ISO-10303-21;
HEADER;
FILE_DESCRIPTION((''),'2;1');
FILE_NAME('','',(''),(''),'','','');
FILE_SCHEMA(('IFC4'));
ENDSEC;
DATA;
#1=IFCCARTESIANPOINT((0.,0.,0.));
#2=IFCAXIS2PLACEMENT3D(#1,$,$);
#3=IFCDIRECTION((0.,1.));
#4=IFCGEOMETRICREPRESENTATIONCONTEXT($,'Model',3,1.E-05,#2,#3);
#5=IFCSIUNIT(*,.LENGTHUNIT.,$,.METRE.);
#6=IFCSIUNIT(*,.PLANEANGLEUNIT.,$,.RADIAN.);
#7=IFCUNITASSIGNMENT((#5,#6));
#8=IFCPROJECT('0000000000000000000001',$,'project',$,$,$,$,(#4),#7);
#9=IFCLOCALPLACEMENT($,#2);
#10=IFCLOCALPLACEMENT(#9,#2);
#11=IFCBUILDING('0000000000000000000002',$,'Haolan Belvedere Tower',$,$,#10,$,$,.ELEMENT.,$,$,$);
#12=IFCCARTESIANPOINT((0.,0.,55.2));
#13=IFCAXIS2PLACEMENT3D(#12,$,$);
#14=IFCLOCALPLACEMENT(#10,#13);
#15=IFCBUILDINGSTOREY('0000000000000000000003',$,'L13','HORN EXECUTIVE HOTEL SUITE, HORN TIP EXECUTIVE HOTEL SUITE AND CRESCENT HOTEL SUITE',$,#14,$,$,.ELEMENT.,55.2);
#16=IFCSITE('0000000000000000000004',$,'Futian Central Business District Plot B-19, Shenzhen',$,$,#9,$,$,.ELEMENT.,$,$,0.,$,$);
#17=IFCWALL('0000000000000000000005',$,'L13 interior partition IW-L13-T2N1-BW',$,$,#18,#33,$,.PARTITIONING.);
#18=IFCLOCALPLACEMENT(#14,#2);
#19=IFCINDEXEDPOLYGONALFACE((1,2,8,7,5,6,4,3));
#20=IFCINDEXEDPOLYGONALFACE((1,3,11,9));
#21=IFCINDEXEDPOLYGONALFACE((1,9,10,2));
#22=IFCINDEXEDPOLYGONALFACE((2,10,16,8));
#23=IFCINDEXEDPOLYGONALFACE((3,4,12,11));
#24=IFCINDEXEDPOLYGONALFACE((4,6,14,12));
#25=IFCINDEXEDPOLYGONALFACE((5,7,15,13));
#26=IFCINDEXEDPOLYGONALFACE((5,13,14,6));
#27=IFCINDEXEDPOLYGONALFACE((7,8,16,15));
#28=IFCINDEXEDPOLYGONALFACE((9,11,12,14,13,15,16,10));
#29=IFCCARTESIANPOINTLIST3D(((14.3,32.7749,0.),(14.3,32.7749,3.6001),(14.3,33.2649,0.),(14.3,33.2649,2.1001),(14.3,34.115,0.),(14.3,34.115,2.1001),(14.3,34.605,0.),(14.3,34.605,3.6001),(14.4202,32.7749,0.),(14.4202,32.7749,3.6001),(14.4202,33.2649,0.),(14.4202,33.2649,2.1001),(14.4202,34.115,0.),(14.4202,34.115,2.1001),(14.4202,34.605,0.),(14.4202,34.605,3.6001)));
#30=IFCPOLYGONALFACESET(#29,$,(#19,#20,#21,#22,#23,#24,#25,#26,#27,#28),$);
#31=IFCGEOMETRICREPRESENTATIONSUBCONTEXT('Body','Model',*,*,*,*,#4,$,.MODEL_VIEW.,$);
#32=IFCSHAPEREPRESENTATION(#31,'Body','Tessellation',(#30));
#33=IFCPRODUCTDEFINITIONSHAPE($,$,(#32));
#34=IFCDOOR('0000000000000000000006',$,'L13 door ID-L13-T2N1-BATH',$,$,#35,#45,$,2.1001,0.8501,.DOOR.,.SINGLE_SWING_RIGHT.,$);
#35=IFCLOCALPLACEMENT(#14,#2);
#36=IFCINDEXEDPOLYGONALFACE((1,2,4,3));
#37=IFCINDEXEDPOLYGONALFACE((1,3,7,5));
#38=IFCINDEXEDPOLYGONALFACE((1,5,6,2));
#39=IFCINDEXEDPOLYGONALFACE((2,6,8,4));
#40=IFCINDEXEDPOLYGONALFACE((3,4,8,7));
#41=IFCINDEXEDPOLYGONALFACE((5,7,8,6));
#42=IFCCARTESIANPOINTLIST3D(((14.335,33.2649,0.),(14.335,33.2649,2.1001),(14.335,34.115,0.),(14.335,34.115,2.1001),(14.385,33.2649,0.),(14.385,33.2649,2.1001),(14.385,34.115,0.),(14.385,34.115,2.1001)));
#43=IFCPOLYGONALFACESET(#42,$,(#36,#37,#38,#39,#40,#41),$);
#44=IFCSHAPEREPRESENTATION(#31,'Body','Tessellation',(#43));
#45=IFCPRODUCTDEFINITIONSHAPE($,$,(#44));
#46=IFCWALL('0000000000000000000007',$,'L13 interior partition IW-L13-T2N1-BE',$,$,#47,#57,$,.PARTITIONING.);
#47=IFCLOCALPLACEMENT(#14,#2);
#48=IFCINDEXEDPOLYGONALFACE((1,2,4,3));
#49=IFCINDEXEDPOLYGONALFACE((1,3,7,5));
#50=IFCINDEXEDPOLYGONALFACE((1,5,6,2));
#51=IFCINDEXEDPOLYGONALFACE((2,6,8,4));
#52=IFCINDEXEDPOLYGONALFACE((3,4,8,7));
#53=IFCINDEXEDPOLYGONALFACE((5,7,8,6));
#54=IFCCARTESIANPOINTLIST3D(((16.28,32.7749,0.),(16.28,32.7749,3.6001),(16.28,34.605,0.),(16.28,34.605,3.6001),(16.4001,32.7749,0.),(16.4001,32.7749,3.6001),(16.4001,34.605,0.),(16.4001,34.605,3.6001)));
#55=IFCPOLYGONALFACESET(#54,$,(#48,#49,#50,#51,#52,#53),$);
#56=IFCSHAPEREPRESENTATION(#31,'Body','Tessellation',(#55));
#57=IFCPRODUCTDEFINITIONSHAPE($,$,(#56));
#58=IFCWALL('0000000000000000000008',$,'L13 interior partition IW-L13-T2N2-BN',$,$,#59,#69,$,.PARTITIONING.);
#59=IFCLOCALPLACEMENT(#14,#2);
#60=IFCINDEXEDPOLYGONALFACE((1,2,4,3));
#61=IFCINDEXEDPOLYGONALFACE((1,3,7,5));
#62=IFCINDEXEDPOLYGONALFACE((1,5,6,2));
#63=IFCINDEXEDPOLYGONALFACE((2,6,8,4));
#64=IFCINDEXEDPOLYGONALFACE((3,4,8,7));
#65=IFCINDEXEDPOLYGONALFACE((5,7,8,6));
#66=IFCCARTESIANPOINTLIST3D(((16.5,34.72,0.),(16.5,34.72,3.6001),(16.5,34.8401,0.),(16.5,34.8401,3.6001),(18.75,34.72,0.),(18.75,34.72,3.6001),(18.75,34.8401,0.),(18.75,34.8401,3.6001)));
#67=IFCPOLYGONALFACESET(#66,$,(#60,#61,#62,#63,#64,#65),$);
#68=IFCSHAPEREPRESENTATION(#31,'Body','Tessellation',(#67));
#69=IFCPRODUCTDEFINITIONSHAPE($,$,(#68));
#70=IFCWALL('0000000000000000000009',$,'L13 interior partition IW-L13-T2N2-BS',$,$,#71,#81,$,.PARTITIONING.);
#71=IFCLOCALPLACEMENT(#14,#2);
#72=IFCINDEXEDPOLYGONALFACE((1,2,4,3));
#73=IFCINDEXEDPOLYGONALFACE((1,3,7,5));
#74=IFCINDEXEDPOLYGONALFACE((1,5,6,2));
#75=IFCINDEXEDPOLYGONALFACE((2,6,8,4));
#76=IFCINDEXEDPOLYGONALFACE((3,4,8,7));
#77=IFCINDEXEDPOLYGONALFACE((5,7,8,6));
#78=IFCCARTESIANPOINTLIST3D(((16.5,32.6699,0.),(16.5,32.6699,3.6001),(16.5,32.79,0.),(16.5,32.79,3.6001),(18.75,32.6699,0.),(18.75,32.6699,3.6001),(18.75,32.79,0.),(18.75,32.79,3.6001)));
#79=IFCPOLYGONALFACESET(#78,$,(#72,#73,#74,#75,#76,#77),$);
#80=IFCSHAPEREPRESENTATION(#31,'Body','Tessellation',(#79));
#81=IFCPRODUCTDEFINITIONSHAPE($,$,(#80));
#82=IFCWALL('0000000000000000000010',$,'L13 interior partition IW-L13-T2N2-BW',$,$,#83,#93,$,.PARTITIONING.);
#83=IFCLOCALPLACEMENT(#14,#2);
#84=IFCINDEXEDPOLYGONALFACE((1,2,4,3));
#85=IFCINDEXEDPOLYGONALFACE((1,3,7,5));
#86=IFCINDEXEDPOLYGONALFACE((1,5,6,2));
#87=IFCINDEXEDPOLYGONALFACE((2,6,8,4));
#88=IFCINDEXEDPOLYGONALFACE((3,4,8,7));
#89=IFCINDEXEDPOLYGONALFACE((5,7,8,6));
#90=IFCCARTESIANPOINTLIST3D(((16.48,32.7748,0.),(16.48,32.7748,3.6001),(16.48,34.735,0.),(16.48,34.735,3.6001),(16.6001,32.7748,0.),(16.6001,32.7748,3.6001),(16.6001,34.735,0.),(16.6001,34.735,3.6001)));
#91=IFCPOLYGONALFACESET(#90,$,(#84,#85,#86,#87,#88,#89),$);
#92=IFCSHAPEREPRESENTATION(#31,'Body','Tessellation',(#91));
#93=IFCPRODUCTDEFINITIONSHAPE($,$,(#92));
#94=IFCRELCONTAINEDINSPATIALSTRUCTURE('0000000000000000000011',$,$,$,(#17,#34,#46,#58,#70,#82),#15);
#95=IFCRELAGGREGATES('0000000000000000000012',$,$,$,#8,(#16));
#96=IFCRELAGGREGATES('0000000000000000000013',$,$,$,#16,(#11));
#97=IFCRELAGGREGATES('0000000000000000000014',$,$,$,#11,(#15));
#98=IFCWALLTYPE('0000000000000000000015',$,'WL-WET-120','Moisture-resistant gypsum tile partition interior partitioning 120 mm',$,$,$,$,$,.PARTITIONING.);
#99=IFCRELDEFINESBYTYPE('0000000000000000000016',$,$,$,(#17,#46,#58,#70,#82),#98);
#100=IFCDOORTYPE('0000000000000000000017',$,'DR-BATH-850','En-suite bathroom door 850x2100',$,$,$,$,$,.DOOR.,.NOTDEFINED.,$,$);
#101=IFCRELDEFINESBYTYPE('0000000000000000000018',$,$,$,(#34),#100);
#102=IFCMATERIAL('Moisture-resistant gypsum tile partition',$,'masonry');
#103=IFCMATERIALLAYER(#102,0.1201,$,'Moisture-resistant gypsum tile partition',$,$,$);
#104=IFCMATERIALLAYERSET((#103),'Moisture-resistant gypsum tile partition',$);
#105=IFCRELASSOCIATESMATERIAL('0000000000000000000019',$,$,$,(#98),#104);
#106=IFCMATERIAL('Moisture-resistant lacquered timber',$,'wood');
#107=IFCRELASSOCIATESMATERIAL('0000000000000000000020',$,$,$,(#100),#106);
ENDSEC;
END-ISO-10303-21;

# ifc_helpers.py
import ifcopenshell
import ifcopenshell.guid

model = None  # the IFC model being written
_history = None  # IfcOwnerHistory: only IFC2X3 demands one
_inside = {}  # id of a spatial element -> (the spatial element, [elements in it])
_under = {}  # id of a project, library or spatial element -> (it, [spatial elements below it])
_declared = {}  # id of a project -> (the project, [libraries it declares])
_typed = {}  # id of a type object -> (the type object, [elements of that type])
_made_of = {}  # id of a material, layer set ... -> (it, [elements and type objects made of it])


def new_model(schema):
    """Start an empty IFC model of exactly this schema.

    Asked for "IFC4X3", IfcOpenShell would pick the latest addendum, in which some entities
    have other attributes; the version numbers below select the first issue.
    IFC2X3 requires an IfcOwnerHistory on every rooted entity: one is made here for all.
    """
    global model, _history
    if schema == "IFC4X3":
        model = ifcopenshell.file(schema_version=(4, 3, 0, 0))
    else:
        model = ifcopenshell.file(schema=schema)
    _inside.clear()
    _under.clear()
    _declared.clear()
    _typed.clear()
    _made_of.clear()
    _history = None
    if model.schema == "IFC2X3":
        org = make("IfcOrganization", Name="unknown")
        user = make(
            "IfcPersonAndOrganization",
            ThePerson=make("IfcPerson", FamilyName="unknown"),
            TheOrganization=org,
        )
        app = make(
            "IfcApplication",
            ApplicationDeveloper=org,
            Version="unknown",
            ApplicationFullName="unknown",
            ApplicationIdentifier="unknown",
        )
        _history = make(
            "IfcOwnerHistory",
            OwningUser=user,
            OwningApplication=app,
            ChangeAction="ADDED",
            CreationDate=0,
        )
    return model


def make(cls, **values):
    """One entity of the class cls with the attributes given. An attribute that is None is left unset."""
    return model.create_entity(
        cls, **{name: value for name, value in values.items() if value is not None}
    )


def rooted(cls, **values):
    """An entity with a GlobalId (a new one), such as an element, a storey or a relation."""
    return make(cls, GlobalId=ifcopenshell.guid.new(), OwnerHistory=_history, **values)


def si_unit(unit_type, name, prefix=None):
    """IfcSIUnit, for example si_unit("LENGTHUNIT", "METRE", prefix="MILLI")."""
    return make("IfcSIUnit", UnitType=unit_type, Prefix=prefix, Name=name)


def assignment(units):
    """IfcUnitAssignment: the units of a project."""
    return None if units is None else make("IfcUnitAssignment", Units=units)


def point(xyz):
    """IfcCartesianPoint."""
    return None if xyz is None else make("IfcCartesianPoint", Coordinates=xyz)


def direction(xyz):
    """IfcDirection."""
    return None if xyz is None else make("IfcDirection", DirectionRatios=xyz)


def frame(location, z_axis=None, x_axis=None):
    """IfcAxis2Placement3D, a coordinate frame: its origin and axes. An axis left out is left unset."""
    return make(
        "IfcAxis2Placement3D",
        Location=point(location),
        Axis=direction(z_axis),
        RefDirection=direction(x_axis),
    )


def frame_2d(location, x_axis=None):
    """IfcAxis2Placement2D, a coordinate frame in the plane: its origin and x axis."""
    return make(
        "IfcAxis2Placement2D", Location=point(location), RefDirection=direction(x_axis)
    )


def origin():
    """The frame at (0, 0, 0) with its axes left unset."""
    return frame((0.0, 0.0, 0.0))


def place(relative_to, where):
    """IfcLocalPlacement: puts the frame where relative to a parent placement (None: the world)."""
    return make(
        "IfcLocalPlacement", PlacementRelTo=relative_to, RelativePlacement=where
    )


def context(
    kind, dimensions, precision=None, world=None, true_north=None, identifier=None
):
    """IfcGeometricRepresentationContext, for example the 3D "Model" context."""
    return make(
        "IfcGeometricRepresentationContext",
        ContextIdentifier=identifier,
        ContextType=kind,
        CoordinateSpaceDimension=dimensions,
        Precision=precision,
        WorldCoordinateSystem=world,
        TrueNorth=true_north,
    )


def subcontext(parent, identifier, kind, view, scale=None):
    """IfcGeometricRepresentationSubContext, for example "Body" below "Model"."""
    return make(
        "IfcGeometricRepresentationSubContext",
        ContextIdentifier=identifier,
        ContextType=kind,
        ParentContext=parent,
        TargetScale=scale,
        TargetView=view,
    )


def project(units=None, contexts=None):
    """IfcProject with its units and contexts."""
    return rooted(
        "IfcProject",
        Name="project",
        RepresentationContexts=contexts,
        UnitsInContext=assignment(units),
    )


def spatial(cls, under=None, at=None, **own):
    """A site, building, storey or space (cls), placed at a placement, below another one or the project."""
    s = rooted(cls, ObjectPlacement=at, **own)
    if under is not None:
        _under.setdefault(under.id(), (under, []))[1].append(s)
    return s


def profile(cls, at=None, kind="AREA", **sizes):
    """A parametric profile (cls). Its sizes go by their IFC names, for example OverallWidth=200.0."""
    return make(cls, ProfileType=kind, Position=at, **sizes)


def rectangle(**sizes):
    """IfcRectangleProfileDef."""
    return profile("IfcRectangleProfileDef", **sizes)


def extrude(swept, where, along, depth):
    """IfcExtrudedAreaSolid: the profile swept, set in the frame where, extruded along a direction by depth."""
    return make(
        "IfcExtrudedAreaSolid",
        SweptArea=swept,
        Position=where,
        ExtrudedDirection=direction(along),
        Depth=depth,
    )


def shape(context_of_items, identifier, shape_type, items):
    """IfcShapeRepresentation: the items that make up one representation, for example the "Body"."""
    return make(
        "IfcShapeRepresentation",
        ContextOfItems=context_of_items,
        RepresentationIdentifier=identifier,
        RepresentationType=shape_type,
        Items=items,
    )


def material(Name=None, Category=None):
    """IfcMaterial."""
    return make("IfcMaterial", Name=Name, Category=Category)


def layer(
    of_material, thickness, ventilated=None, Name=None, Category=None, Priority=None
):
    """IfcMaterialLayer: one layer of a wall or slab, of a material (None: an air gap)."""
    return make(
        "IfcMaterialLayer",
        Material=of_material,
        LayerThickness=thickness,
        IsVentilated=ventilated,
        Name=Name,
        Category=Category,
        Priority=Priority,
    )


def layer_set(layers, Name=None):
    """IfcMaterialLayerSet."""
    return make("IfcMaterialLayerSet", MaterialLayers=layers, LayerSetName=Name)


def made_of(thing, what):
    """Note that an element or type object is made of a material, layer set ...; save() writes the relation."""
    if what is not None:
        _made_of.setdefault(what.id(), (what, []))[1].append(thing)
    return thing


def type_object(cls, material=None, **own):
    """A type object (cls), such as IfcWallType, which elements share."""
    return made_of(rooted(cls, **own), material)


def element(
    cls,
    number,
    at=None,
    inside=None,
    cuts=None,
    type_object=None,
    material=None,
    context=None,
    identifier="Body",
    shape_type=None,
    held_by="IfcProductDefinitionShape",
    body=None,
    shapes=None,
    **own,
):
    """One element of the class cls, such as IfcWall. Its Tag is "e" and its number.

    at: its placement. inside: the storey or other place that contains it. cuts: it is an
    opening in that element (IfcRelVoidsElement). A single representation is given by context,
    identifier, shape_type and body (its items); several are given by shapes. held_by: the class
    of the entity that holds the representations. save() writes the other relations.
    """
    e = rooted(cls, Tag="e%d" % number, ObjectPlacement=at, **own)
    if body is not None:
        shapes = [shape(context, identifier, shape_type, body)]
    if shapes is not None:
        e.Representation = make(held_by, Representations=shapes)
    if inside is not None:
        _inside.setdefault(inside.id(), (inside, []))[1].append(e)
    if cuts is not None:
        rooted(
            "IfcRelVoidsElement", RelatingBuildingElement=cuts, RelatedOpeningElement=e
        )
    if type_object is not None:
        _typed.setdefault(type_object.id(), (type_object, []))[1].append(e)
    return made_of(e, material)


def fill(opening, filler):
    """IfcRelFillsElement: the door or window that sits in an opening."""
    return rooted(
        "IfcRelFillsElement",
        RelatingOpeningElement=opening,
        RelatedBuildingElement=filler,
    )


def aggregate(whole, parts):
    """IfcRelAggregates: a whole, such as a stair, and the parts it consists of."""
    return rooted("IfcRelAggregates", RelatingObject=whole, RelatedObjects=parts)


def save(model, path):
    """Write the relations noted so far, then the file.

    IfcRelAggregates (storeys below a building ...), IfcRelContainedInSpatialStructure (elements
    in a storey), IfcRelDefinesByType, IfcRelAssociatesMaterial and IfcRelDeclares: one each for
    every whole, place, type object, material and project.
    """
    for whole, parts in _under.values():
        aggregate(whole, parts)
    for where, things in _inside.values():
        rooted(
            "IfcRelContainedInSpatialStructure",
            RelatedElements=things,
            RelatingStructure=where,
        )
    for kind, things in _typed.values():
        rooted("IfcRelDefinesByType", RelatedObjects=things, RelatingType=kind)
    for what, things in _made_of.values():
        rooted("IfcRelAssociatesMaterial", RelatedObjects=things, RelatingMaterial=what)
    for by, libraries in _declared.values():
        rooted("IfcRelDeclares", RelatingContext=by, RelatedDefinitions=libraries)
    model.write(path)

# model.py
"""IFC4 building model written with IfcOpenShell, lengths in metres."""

from ifc_helpers import new_model, si_unit, direction, frame, frame_2d, origin, place, context, subcontext, project, spatial, rectangle, extrude, material, layer, layer_set, type_object, element, fill, save


model = new_model("IFC4")

# Units and contexts
model_context = context("Model", 3, precision=1e-05, world=origin(), true_north=direction((0.0, 1.0)))
body_context = subcontext(model_context, "Body", "Model", "MODEL_VIEW")
ifc_project = project(units=[si_unit("LENGTHUNIT", "METRE"), si_unit("PLANEANGLEUNIT", "RADIAN")], contexts=[model_context])

# Site, building, storey
site_placement = place(None, origin())
site = spatial("IfcSite", under=ifc_project, at=site_placement, Name="Futian Central Business District Plot B-19, Shenzhen", CompositionType="ELEMENT", RefElevation=0.0)
building_placement = place(site_placement, origin())
building = spatial("IfcBuilding", under=site, at=building_placement, Name="Haolan Belvedere Tower", CompositionType="ELEMENT")
storey_placement = place(building_placement, frame((0.0, 0.0, 55.2)))
storey = spatial("IfcBuildingStorey", under=building, at=storey_placement, Name="L13", Description="HORN EXECUTIVE HOTEL SUITE, HORN TIP EXECUTIVE HOTEL SUITE AND CRESCENT HOTEL SUITE", CompositionType="ELEMENT", Elevation=55.2)

# Shared definitions
ifc_material_1 = material(Name="Moisture-resistant gypsum tile partition", Category="masonry")
ifc_layer_1 = layer(ifc_material_1, 0.1201, Name="Moisture-resistant gypsum tile partition")
ifc_layer_set_1 = layer_set([ifc_layer_1], Name="Moisture-resistant gypsum tile partition")
wall_type_1 = type_object("IfcWallType", Name="WL-WET-120", Description="Moisture-resistant gypsum tile partition interior partitioning 120 mm", PredefinedType="PARTITIONING", material=ifc_layer_set_1)

# Wall, opening, door
wall_1_placement = place(storey_placement, frame((14.3601, 32.7749, 0.0), z_axis=(0.0, 0.0, 1.0), x_axis=(0.0, 1.0, 0.0)))
wall_1 = element("IfcWall", 1, at=wall_1_placement, inside=storey, type_object=wall_type_1, Name="L13 interior partition IW-L13-T2N1-BW", PredefinedType="PARTITIONING", context=body_context, shape_type="SweptSolid", body=[
    extrude(rectangle(XDim=1.8301, YDim=0.1201, at=frame_2d((0.915, 0.0))), origin(), (0.0, 0.0, 1.0), 3.6001),
])
opening_1_placement = place(wall_1_placement, frame((1.3401, 0.0, 0.0), z_axis=(0.0, 0.0, 1.0), x_axis=(-1.0, 0.0, 0.0)))
opening_1 = element("IfcOpeningElement", 2, at=opening_1_placement, cuts=wall_1, PredefinedType="OPENING", context=body_context, shape_type="SweptSolid", body=[
    extrude(rectangle(XDim=0.8501, YDim=2.1001, at=frame_2d((0.425, 1.05))), frame((0.0, 0.0701, 0.0), z_axis=(0.0, -1.0, 0.0), x_axis=(1.0, 0.0, 0.0)), (0.0, 0.0, 1.0), 0.1401),
])
ifc_material_2 = material(Name="Moisture-resistant lacquered timber", Category="wood")
door_type_1 = type_object("IfcDoorType", Name="DR-BATH-850", Description="En-suite bathroom door 850x2100", OperationType="NOTDEFINED", PredefinedType="DOOR", material=ifc_material_2)
door_1_placement = place(opening_1_placement, origin())
door_1 = element("IfcDoor", 3, at=door_1_placement, inside=storey, type_object=door_type_1, Name="L13 door ID-L13-T2N1-BATH", OperationType="SINGLE_SWING_RIGHT", OverallHeight=2.1001, OverallWidth=0.8501, PredefinedType="DOOR", context=body_context, shape_type="SweptSolid", body=[
    extrude(rectangle(XDim=0.8501, YDim=2.1001, at=frame_2d((0.425, 1.05))), frame((0.0, 0.0249, 0.0), z_axis=(0.0, -1.0, 0.0), x_axis=(1.0, 0.0, 0.0)), (0.0, 0.0, 1.0), 0.05),
])
fill(opening_1, door_1)

# Walls
wall_2_placement = place(storey_placement, frame((16.3401, 32.7749, 0.0), z_axis=(0.0, 0.0, 1.0), x_axis=(0.0, 1.0, 0.0)))
element("IfcWall", 4, at=wall_2_placement, inside=storey, type_object=wall_type_1, Name="L13 interior partition IW-L13-T2N1-BE", PredefinedType="PARTITIONING", context=body_context, shape_type="SweptSolid", body=[
    extrude(rectangle(XDim=1.8301, YDim=0.1201, at=frame_2d((0.915, 0.0))), origin(), (0.0, 0.0, 1.0), 3.6001),
])
for number, where, z_axis, x_axis, name in (
    (5, (16.5, 34.78, 0.0), (0.0, 0.0, 1.0), (1.0, 0.0, 0.0), "L13 interior partition IW-L13-T2N2-BN"),
    (6, (16.5, 32.73, 0.0), (0.0, 0.0, 1.0), (1.0, 0.0, 0.0), "L13 interior partition IW-L13-T2N2-BS"),
):
    element("IfcWall", number, at=place(storey_placement, frame(where, z_axis=z_axis, x_axis=x_axis)), inside=storey, type_object=wall_type_1, Name=name, PredefinedType="PARTITIONING", context=body_context, shape_type="SweptSolid", body=[
        extrude(rectangle(XDim=2.25, YDim=0.1201, at=frame_2d((1.125, 0.0))), origin(), (0.0, 0.0, 1.0), 3.6001),
    ])
wall_3_placement = place(storey_placement, frame((16.54, 32.7749, 0.0), z_axis=(0.0, 0.0, 1.0), x_axis=(0.0, 1.0, 0.0)))
element("IfcWall", 7, at=wall_3_placement, inside=storey, type_object=wall_type_1, Name="L13 interior partition IW-L13-T2N2-BW", PredefinedType="PARTITIONING", context=body_context, shape_type="SweptSolid", body=[
    extrude(rectangle(XDim=1.9602, YDim=0.1201, at=frame_2d((0.98, 0.0))), origin(), (0.0, 0.0, 1.0), 3.6001),
])

save(model, "model.ifc")
